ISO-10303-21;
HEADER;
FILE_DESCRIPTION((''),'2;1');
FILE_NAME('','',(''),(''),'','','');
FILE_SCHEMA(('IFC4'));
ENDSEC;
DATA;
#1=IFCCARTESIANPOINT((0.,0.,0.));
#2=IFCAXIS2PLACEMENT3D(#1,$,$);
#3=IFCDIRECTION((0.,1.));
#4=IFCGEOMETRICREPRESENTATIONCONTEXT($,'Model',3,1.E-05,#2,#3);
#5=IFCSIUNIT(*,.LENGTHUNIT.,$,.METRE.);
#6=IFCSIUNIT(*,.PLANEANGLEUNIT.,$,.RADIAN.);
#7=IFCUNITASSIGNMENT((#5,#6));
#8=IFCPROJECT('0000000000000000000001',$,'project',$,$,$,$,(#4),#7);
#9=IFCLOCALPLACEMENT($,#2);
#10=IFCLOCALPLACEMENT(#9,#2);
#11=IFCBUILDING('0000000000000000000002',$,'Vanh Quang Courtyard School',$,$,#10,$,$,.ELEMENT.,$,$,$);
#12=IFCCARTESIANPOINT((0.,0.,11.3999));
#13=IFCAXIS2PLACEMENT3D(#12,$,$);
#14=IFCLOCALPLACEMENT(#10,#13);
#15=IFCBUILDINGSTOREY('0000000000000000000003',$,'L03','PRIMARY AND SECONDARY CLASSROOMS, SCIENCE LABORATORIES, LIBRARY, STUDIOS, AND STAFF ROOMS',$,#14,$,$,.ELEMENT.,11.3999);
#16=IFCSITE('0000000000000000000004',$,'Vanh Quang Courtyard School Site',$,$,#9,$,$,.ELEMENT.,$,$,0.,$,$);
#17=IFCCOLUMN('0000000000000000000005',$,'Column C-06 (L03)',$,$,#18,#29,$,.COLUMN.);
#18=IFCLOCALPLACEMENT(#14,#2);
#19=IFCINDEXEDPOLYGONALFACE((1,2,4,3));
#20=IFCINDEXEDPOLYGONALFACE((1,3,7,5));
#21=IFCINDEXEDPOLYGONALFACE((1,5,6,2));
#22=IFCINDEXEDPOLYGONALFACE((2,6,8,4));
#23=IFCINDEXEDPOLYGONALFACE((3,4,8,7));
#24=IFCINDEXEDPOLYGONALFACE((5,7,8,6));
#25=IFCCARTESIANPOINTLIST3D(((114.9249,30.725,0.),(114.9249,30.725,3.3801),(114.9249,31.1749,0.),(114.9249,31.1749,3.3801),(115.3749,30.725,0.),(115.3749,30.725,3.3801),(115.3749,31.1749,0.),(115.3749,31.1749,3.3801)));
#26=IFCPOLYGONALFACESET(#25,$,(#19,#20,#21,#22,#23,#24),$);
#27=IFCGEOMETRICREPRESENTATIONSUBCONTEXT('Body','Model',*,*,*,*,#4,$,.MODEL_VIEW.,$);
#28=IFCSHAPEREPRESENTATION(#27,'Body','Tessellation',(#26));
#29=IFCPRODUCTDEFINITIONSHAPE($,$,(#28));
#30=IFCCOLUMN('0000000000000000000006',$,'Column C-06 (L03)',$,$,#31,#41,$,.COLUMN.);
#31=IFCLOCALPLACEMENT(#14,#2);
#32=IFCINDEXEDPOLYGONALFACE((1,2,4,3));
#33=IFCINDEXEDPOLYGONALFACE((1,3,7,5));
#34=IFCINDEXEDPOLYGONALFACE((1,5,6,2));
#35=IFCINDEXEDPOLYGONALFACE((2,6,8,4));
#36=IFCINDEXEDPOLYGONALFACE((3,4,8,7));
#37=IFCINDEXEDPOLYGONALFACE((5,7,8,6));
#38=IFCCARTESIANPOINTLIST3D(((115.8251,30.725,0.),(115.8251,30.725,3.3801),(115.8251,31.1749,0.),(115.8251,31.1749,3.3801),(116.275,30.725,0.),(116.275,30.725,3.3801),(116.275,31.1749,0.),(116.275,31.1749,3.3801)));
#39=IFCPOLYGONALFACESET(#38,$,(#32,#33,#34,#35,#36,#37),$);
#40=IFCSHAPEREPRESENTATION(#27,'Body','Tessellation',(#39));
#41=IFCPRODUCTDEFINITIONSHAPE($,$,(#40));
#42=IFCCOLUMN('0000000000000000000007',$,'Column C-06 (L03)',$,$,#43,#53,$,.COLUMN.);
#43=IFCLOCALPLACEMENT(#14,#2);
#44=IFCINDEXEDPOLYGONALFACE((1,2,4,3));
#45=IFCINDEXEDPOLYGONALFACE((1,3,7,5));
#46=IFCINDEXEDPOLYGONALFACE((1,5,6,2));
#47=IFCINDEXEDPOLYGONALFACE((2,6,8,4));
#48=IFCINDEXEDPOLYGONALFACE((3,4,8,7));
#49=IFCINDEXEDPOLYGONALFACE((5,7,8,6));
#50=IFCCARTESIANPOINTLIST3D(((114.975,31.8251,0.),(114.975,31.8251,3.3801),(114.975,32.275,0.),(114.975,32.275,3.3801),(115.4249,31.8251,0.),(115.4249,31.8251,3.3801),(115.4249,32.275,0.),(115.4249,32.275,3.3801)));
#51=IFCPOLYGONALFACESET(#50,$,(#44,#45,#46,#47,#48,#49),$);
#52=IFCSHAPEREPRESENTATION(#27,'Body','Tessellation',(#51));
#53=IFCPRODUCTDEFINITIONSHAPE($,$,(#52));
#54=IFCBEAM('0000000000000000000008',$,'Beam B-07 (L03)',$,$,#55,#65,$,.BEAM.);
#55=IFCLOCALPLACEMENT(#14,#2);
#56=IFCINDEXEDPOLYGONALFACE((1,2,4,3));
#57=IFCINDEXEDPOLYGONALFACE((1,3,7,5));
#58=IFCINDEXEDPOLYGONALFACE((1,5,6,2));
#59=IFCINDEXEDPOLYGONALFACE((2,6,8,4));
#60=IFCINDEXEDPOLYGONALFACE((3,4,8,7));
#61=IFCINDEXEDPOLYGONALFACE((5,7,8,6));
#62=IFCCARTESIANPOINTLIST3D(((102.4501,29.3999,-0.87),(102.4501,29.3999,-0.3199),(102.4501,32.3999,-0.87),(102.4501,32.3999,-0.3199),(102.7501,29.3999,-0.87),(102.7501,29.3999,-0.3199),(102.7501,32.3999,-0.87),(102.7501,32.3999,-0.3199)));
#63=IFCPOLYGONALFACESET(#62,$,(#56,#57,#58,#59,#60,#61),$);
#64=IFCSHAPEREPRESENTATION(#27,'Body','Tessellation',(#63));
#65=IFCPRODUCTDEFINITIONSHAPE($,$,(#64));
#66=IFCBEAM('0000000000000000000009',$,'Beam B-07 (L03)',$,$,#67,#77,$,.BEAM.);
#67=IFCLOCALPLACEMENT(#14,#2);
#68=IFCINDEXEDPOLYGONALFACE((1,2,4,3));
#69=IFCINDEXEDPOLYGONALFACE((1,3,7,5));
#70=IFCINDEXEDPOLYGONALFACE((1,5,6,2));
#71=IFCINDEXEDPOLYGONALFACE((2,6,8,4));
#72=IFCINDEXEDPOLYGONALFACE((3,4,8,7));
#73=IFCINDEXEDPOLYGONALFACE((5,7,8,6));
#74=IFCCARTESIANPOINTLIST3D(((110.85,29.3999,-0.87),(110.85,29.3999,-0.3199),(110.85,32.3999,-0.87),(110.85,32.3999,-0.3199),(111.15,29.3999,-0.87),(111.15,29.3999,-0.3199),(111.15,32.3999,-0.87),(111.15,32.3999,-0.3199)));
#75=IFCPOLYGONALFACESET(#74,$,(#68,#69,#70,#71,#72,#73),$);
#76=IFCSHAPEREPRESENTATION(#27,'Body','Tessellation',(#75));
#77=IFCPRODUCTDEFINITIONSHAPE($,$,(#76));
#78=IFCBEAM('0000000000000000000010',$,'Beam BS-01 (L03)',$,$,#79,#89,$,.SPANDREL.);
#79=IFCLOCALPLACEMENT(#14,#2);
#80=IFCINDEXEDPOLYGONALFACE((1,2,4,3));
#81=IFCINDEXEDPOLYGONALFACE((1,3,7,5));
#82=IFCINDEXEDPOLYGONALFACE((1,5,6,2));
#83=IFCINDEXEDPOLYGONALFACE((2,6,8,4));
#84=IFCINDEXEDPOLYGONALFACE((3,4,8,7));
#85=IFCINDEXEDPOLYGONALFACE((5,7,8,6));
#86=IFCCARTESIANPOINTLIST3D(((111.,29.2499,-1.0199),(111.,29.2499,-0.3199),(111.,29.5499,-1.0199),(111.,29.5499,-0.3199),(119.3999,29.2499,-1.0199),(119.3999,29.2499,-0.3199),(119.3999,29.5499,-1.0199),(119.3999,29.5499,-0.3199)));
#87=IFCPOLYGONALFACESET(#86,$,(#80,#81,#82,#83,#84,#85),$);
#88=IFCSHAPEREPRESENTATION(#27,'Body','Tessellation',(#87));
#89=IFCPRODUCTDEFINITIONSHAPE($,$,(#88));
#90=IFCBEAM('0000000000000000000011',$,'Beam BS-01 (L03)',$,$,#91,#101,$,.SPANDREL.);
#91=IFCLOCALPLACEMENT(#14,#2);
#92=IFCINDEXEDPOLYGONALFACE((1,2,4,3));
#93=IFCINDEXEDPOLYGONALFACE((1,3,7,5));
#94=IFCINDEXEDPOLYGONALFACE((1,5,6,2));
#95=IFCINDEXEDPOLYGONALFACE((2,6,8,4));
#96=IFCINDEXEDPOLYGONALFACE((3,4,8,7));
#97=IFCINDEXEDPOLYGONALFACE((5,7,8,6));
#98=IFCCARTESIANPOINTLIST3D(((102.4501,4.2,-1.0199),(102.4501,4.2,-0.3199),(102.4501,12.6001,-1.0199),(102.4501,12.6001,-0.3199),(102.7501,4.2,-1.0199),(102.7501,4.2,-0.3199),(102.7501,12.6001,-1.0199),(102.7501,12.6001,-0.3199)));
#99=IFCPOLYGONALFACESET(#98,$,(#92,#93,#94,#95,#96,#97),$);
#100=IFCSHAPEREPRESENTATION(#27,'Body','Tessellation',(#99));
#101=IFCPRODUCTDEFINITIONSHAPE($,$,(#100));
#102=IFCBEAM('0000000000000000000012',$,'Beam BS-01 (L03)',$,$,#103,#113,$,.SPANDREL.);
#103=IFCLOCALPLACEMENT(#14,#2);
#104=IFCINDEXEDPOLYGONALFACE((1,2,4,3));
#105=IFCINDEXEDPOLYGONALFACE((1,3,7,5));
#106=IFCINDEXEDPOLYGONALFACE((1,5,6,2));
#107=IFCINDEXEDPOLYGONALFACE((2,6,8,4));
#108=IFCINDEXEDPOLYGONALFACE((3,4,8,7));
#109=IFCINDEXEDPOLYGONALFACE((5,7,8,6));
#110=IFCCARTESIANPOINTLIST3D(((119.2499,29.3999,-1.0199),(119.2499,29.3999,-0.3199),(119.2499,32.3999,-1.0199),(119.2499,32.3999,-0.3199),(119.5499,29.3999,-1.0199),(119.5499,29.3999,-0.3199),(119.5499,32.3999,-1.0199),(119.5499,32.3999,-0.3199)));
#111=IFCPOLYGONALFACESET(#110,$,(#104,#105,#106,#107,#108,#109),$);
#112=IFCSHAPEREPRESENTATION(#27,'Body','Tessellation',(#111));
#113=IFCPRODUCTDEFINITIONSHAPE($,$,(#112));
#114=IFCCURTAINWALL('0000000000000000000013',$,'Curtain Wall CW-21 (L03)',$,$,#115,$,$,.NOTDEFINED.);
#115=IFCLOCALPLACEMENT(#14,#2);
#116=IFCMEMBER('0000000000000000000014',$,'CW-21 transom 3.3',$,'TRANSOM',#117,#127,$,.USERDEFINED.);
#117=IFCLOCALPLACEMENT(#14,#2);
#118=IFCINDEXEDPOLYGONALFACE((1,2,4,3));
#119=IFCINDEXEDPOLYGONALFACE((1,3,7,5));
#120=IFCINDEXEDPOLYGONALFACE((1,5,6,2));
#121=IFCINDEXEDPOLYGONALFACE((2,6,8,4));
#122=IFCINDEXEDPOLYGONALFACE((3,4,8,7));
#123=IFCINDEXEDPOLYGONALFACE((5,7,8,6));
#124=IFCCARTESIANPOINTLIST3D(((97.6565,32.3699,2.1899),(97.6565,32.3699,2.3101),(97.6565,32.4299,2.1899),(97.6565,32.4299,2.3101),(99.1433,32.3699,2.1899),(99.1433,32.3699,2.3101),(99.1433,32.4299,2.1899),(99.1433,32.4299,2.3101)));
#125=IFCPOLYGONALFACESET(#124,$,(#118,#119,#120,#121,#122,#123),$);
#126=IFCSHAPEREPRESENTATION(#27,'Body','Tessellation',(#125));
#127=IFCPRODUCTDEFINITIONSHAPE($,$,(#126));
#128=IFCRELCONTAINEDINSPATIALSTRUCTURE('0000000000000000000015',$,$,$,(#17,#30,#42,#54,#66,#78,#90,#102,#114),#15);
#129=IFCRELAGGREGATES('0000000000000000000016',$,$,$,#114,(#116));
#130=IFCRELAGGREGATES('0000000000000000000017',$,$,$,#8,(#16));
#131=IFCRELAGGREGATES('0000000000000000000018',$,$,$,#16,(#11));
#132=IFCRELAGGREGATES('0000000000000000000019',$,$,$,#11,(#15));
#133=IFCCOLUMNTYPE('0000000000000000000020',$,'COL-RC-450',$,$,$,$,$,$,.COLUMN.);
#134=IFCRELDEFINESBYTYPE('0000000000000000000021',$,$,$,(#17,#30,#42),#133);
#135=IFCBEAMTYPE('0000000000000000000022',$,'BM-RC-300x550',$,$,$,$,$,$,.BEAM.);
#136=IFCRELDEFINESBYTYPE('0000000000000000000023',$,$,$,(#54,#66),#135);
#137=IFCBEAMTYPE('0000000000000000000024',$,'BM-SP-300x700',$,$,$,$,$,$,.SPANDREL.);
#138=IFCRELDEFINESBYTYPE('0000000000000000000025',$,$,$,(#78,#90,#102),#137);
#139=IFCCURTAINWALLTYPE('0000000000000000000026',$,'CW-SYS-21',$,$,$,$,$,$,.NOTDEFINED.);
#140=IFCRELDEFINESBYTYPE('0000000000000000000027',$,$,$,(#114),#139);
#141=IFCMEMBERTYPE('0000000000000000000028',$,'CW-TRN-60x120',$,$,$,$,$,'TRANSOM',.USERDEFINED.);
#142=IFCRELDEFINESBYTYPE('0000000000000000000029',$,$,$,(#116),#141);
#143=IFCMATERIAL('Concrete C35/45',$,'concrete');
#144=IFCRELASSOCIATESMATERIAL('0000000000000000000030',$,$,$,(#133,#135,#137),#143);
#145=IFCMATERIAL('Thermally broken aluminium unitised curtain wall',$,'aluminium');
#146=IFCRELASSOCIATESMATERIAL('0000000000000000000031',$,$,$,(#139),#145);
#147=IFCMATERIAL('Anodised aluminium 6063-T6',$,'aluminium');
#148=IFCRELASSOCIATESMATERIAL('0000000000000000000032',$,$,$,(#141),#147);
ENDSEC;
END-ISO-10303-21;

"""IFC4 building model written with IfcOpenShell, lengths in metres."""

from ifc_helpers import new_model, si_unit, direction, frame, origin, origin_2d, place, context, subcontext, project, spatial, rectangle, extrude, material, material_profile, profile_set, type_object, element, aggregate, save


model = new_model("IFC4")

# Units and contexts
model_context = context("Model", 3, precision=1e-05, world=origin(), true_north=direction((0.0, 1.0)))
body_context = subcontext(model_context, "Body", "Model", "MODEL_VIEW")
ifc_project = project(units=[si_unit("LENGTHUNIT", "METRE"), si_unit("PLANEANGLEUNIT", "RADIAN")], contexts=[model_context])

# Site, building, storey
site_placement = place(None, origin())
site = spatial("IfcSite", under=ifc_project, at=site_placement, Name="Vanh Quang Courtyard School Site", CompositionType="ELEMENT", RefElevation=0.0)
building_placement = place(site_placement, origin())
building = spatial("IfcBuilding", under=site, at=building_placement, Name="Vanh Quang Courtyard School", CompositionType="ELEMENT")
storey_placement = place(building_placement, frame((0.0, 0.0, 11.3999)))
storey = spatial("IfcBuildingStorey", under=building, at=storey_placement, Name="L03", Description="PRIMARY AND SECONDARY CLASSROOMS, SCIENCE LABORATORIES, LIBRARY, STUDIOS, AND STAFF ROOMS", CompositionType="ELEMENT", Elevation=11.3999)

# Columns
ifc_material_1 = material(Name="Concrete C35/45", Category="concrete")
ifc_material_profile_1 = material_profile(ifc_material_1, rectangle(XDim=0.45, YDim=0.45, at=origin_2d()), Name="RC-COL 450x450")
ifc_profile_set_1 = profile_set([ifc_material_profile_1], Name="Concrete C35/45")
column_type = type_object("IfcColumnType", Name="COL-RC-450", PredefinedType="COLUMN", material=ifc_profile_set_1)
for number, where, z_axis, x_axis, name in (
    (1, (115.1499, 30.95, 0.0), (0.0, 0.0, 1.0), (1.0, 0.0, 0.0), "Column C-06 (L03)"),
    (2, (116.05, 30.95, 0.0), (0.0, 0.0, 1.0), (1.0, 0.0, 0.0), "Column C-06 (L03)"),
    (3, (115.2, 32.05, 0.0), (0.0, 0.0, 1.0), (1.0, 0.0, 0.0), "Column C-06 (L03)"),
):
    element("IfcColumn", number, at=place(storey_placement, frame(where, z_axis=z_axis, x_axis=x_axis)), inside=storey, type_object=column_type, Name=name, PredefinedType="COLUMN", context=body_context, shape_type="SweptSolid", body=[
        extrude(rectangle(XDim=0.45, YDim=0.45, at=origin_2d()), origin(), (0.0, 0.0, 1.0), 3.3801),
    ])

# Beams
ifc_material_profile_2 = material_profile(ifc_material_1, rectangle(XDim=0.3, YDim=0.55, at=origin_2d()), Name="RC-BM 300x550")
ifc_profile_set_2 = profile_set([ifc_material_profile_2], Name="Concrete C35/45")
beam_type_1 = type_object("IfcBeamType", Name="BM-RC-300x550", PredefinedType="BEAM", material=ifc_profile_set_2)
for number, where, z_axis, x_axis, name in (
    (4, (102.6001, 29.3999, -0.595), (0.0, 1.0, 0.0), (-1.0, 0.0, 0.0), "Beam B-07 (L03)"),
    (5, (111.0, 29.3999, -0.595), (0.0, 1.0, 0.0), (-1.0, 0.0, 0.0), "Beam B-07 (L03)"),
):
    element("IfcBeam", number, at=place(storey_placement, frame(where, z_axis=z_axis, x_axis=x_axis)), inside=storey, type_object=beam_type_1, Name=name, PredefinedType="BEAM", context=body_context, shape_type="SweptSolid", body=[
        extrude(rectangle(XDim=0.3, YDim=0.55, at=origin_2d()), origin(), (0.0, 0.0, 1.0), 3.0),
    ])
ifc_material_profile_3 = material_profile(ifc_material_1, rectangle(XDim=0.3, YDim=0.7, at=origin_2d()), Name="RC-SP 300x700")
ifc_profile_set_3 = profile_set([ifc_material_profile_3], Name="Concrete C35/45")
beam_type_2 = type_object("IfcBeamType", Name="BM-SP-300x700", PredefinedType="SPANDREL", material=ifc_profile_set_3)
beam_1_placement = place(storey_placement, frame((111.0, 29.3999, -0.6699), z_axis=(1.0, 0.0, 0.0), x_axis=(0.0, 1.0, 0.0)))
element("IfcBeam", 6, at=beam_1_placement, inside=storey, type_object=beam_type_2, Name="Beam BS-01 (L03)", PredefinedType="SPANDREL", context=body_context, shape_type="SweptSolid", body=[
    extrude(rectangle(XDim=0.3, YDim=0.7, at=origin_2d()), origin(), (0.0, 0.0, 1.0), 8.3999),
])
beam_2_placement = place(storey_placement, frame((102.6001, 4.2, -0.6699), z_axis=(0.0, 1.0, 0.0), x_axis=(-1.0, 0.0, 0.0)))
element("IfcBeam", 7, at=beam_2_placement, inside=storey, type_object=beam_type_2, Name="Beam BS-01 (L03)", PredefinedType="SPANDREL", context=body_context, shape_type="SweptSolid", body=[
    extrude(rectangle(XDim=0.3, YDim=0.7, at=origin_2d()), origin(), (0.0, 0.0, 1.0), 8.4001),
])
beam_3_placement = place(storey_placement, frame((119.3999, 29.3999, -0.6699), z_axis=(0.0, 1.0, 0.0), x_axis=(-1.0, 0.0, 0.0)))
element("IfcBeam", 8, at=beam_3_placement, inside=storey, type_object=beam_type_2, Name="Beam BS-01 (L03)", PredefinedType="SPANDREL", context=body_context, shape_type="SweptSolid", body=[
    extrude(rectangle(XDim=0.3, YDim=0.7, at=origin_2d()), origin(), (0.0, 0.0, 1.0), 3.0),
])

# Curtain wall, member
ifc_material_2 = material(Name="Thermally broken aluminium unitised curtain wall", Category="aluminium")
curtain_wall_type = type_object("IfcCurtainWallType", Name="CW-SYS-21", PredefinedType="NOTDEFINED", material=ifc_material_2)
curtain_wall_placement = place(storey_placement, origin())
curtain_wall = element("IfcCurtainWall", 9, at=curtain_wall_placement, inside=storey, type_object=curtain_wall_type, Name="Curtain Wall CW-21 (L03)", PredefinedType="NOTDEFINED")
ifc_material_3 = material(Name="Anodised aluminium 6063-T6", Category="aluminium")
ifc_material_profile_4 = material_profile(ifc_material_3, rectangle(XDim=0.0601, YDim=0.1201, at=origin_2d()), Name="ALU-TRN 60x120")
ifc_profile_set_4 = profile_set([ifc_material_profile_4], Name="Anodised aluminium 6063-T6")
member_type = type_object("IfcMemberType", Name="CW-TRN-60x120", ElementType="TRANSOM", PredefinedType="USERDEFINED", material=ifc_profile_set_4)
member_placement = place(storey_placement, frame((99.1433, 32.3999, 2.25), z_axis=(-1.0, 0.0, 0.0), x_axis=(0.0, -1.0, 0.0)))
member = element("IfcMember", 10, at=member_placement, type_object=member_type, Name="CW-21 transom 3.3", ObjectType="TRANSOM", PredefinedType="USERDEFINED", context=body_context, shape_type="SweptSolid", body=[
    extrude(rectangle(XDim=0.0601, YDim=0.1201, at=origin_2d()), origin(), (0.0, 0.0, 1.0), 1.4868),
])
aggregate(curtain_wall, [member])

save(model, "model.ifc")
